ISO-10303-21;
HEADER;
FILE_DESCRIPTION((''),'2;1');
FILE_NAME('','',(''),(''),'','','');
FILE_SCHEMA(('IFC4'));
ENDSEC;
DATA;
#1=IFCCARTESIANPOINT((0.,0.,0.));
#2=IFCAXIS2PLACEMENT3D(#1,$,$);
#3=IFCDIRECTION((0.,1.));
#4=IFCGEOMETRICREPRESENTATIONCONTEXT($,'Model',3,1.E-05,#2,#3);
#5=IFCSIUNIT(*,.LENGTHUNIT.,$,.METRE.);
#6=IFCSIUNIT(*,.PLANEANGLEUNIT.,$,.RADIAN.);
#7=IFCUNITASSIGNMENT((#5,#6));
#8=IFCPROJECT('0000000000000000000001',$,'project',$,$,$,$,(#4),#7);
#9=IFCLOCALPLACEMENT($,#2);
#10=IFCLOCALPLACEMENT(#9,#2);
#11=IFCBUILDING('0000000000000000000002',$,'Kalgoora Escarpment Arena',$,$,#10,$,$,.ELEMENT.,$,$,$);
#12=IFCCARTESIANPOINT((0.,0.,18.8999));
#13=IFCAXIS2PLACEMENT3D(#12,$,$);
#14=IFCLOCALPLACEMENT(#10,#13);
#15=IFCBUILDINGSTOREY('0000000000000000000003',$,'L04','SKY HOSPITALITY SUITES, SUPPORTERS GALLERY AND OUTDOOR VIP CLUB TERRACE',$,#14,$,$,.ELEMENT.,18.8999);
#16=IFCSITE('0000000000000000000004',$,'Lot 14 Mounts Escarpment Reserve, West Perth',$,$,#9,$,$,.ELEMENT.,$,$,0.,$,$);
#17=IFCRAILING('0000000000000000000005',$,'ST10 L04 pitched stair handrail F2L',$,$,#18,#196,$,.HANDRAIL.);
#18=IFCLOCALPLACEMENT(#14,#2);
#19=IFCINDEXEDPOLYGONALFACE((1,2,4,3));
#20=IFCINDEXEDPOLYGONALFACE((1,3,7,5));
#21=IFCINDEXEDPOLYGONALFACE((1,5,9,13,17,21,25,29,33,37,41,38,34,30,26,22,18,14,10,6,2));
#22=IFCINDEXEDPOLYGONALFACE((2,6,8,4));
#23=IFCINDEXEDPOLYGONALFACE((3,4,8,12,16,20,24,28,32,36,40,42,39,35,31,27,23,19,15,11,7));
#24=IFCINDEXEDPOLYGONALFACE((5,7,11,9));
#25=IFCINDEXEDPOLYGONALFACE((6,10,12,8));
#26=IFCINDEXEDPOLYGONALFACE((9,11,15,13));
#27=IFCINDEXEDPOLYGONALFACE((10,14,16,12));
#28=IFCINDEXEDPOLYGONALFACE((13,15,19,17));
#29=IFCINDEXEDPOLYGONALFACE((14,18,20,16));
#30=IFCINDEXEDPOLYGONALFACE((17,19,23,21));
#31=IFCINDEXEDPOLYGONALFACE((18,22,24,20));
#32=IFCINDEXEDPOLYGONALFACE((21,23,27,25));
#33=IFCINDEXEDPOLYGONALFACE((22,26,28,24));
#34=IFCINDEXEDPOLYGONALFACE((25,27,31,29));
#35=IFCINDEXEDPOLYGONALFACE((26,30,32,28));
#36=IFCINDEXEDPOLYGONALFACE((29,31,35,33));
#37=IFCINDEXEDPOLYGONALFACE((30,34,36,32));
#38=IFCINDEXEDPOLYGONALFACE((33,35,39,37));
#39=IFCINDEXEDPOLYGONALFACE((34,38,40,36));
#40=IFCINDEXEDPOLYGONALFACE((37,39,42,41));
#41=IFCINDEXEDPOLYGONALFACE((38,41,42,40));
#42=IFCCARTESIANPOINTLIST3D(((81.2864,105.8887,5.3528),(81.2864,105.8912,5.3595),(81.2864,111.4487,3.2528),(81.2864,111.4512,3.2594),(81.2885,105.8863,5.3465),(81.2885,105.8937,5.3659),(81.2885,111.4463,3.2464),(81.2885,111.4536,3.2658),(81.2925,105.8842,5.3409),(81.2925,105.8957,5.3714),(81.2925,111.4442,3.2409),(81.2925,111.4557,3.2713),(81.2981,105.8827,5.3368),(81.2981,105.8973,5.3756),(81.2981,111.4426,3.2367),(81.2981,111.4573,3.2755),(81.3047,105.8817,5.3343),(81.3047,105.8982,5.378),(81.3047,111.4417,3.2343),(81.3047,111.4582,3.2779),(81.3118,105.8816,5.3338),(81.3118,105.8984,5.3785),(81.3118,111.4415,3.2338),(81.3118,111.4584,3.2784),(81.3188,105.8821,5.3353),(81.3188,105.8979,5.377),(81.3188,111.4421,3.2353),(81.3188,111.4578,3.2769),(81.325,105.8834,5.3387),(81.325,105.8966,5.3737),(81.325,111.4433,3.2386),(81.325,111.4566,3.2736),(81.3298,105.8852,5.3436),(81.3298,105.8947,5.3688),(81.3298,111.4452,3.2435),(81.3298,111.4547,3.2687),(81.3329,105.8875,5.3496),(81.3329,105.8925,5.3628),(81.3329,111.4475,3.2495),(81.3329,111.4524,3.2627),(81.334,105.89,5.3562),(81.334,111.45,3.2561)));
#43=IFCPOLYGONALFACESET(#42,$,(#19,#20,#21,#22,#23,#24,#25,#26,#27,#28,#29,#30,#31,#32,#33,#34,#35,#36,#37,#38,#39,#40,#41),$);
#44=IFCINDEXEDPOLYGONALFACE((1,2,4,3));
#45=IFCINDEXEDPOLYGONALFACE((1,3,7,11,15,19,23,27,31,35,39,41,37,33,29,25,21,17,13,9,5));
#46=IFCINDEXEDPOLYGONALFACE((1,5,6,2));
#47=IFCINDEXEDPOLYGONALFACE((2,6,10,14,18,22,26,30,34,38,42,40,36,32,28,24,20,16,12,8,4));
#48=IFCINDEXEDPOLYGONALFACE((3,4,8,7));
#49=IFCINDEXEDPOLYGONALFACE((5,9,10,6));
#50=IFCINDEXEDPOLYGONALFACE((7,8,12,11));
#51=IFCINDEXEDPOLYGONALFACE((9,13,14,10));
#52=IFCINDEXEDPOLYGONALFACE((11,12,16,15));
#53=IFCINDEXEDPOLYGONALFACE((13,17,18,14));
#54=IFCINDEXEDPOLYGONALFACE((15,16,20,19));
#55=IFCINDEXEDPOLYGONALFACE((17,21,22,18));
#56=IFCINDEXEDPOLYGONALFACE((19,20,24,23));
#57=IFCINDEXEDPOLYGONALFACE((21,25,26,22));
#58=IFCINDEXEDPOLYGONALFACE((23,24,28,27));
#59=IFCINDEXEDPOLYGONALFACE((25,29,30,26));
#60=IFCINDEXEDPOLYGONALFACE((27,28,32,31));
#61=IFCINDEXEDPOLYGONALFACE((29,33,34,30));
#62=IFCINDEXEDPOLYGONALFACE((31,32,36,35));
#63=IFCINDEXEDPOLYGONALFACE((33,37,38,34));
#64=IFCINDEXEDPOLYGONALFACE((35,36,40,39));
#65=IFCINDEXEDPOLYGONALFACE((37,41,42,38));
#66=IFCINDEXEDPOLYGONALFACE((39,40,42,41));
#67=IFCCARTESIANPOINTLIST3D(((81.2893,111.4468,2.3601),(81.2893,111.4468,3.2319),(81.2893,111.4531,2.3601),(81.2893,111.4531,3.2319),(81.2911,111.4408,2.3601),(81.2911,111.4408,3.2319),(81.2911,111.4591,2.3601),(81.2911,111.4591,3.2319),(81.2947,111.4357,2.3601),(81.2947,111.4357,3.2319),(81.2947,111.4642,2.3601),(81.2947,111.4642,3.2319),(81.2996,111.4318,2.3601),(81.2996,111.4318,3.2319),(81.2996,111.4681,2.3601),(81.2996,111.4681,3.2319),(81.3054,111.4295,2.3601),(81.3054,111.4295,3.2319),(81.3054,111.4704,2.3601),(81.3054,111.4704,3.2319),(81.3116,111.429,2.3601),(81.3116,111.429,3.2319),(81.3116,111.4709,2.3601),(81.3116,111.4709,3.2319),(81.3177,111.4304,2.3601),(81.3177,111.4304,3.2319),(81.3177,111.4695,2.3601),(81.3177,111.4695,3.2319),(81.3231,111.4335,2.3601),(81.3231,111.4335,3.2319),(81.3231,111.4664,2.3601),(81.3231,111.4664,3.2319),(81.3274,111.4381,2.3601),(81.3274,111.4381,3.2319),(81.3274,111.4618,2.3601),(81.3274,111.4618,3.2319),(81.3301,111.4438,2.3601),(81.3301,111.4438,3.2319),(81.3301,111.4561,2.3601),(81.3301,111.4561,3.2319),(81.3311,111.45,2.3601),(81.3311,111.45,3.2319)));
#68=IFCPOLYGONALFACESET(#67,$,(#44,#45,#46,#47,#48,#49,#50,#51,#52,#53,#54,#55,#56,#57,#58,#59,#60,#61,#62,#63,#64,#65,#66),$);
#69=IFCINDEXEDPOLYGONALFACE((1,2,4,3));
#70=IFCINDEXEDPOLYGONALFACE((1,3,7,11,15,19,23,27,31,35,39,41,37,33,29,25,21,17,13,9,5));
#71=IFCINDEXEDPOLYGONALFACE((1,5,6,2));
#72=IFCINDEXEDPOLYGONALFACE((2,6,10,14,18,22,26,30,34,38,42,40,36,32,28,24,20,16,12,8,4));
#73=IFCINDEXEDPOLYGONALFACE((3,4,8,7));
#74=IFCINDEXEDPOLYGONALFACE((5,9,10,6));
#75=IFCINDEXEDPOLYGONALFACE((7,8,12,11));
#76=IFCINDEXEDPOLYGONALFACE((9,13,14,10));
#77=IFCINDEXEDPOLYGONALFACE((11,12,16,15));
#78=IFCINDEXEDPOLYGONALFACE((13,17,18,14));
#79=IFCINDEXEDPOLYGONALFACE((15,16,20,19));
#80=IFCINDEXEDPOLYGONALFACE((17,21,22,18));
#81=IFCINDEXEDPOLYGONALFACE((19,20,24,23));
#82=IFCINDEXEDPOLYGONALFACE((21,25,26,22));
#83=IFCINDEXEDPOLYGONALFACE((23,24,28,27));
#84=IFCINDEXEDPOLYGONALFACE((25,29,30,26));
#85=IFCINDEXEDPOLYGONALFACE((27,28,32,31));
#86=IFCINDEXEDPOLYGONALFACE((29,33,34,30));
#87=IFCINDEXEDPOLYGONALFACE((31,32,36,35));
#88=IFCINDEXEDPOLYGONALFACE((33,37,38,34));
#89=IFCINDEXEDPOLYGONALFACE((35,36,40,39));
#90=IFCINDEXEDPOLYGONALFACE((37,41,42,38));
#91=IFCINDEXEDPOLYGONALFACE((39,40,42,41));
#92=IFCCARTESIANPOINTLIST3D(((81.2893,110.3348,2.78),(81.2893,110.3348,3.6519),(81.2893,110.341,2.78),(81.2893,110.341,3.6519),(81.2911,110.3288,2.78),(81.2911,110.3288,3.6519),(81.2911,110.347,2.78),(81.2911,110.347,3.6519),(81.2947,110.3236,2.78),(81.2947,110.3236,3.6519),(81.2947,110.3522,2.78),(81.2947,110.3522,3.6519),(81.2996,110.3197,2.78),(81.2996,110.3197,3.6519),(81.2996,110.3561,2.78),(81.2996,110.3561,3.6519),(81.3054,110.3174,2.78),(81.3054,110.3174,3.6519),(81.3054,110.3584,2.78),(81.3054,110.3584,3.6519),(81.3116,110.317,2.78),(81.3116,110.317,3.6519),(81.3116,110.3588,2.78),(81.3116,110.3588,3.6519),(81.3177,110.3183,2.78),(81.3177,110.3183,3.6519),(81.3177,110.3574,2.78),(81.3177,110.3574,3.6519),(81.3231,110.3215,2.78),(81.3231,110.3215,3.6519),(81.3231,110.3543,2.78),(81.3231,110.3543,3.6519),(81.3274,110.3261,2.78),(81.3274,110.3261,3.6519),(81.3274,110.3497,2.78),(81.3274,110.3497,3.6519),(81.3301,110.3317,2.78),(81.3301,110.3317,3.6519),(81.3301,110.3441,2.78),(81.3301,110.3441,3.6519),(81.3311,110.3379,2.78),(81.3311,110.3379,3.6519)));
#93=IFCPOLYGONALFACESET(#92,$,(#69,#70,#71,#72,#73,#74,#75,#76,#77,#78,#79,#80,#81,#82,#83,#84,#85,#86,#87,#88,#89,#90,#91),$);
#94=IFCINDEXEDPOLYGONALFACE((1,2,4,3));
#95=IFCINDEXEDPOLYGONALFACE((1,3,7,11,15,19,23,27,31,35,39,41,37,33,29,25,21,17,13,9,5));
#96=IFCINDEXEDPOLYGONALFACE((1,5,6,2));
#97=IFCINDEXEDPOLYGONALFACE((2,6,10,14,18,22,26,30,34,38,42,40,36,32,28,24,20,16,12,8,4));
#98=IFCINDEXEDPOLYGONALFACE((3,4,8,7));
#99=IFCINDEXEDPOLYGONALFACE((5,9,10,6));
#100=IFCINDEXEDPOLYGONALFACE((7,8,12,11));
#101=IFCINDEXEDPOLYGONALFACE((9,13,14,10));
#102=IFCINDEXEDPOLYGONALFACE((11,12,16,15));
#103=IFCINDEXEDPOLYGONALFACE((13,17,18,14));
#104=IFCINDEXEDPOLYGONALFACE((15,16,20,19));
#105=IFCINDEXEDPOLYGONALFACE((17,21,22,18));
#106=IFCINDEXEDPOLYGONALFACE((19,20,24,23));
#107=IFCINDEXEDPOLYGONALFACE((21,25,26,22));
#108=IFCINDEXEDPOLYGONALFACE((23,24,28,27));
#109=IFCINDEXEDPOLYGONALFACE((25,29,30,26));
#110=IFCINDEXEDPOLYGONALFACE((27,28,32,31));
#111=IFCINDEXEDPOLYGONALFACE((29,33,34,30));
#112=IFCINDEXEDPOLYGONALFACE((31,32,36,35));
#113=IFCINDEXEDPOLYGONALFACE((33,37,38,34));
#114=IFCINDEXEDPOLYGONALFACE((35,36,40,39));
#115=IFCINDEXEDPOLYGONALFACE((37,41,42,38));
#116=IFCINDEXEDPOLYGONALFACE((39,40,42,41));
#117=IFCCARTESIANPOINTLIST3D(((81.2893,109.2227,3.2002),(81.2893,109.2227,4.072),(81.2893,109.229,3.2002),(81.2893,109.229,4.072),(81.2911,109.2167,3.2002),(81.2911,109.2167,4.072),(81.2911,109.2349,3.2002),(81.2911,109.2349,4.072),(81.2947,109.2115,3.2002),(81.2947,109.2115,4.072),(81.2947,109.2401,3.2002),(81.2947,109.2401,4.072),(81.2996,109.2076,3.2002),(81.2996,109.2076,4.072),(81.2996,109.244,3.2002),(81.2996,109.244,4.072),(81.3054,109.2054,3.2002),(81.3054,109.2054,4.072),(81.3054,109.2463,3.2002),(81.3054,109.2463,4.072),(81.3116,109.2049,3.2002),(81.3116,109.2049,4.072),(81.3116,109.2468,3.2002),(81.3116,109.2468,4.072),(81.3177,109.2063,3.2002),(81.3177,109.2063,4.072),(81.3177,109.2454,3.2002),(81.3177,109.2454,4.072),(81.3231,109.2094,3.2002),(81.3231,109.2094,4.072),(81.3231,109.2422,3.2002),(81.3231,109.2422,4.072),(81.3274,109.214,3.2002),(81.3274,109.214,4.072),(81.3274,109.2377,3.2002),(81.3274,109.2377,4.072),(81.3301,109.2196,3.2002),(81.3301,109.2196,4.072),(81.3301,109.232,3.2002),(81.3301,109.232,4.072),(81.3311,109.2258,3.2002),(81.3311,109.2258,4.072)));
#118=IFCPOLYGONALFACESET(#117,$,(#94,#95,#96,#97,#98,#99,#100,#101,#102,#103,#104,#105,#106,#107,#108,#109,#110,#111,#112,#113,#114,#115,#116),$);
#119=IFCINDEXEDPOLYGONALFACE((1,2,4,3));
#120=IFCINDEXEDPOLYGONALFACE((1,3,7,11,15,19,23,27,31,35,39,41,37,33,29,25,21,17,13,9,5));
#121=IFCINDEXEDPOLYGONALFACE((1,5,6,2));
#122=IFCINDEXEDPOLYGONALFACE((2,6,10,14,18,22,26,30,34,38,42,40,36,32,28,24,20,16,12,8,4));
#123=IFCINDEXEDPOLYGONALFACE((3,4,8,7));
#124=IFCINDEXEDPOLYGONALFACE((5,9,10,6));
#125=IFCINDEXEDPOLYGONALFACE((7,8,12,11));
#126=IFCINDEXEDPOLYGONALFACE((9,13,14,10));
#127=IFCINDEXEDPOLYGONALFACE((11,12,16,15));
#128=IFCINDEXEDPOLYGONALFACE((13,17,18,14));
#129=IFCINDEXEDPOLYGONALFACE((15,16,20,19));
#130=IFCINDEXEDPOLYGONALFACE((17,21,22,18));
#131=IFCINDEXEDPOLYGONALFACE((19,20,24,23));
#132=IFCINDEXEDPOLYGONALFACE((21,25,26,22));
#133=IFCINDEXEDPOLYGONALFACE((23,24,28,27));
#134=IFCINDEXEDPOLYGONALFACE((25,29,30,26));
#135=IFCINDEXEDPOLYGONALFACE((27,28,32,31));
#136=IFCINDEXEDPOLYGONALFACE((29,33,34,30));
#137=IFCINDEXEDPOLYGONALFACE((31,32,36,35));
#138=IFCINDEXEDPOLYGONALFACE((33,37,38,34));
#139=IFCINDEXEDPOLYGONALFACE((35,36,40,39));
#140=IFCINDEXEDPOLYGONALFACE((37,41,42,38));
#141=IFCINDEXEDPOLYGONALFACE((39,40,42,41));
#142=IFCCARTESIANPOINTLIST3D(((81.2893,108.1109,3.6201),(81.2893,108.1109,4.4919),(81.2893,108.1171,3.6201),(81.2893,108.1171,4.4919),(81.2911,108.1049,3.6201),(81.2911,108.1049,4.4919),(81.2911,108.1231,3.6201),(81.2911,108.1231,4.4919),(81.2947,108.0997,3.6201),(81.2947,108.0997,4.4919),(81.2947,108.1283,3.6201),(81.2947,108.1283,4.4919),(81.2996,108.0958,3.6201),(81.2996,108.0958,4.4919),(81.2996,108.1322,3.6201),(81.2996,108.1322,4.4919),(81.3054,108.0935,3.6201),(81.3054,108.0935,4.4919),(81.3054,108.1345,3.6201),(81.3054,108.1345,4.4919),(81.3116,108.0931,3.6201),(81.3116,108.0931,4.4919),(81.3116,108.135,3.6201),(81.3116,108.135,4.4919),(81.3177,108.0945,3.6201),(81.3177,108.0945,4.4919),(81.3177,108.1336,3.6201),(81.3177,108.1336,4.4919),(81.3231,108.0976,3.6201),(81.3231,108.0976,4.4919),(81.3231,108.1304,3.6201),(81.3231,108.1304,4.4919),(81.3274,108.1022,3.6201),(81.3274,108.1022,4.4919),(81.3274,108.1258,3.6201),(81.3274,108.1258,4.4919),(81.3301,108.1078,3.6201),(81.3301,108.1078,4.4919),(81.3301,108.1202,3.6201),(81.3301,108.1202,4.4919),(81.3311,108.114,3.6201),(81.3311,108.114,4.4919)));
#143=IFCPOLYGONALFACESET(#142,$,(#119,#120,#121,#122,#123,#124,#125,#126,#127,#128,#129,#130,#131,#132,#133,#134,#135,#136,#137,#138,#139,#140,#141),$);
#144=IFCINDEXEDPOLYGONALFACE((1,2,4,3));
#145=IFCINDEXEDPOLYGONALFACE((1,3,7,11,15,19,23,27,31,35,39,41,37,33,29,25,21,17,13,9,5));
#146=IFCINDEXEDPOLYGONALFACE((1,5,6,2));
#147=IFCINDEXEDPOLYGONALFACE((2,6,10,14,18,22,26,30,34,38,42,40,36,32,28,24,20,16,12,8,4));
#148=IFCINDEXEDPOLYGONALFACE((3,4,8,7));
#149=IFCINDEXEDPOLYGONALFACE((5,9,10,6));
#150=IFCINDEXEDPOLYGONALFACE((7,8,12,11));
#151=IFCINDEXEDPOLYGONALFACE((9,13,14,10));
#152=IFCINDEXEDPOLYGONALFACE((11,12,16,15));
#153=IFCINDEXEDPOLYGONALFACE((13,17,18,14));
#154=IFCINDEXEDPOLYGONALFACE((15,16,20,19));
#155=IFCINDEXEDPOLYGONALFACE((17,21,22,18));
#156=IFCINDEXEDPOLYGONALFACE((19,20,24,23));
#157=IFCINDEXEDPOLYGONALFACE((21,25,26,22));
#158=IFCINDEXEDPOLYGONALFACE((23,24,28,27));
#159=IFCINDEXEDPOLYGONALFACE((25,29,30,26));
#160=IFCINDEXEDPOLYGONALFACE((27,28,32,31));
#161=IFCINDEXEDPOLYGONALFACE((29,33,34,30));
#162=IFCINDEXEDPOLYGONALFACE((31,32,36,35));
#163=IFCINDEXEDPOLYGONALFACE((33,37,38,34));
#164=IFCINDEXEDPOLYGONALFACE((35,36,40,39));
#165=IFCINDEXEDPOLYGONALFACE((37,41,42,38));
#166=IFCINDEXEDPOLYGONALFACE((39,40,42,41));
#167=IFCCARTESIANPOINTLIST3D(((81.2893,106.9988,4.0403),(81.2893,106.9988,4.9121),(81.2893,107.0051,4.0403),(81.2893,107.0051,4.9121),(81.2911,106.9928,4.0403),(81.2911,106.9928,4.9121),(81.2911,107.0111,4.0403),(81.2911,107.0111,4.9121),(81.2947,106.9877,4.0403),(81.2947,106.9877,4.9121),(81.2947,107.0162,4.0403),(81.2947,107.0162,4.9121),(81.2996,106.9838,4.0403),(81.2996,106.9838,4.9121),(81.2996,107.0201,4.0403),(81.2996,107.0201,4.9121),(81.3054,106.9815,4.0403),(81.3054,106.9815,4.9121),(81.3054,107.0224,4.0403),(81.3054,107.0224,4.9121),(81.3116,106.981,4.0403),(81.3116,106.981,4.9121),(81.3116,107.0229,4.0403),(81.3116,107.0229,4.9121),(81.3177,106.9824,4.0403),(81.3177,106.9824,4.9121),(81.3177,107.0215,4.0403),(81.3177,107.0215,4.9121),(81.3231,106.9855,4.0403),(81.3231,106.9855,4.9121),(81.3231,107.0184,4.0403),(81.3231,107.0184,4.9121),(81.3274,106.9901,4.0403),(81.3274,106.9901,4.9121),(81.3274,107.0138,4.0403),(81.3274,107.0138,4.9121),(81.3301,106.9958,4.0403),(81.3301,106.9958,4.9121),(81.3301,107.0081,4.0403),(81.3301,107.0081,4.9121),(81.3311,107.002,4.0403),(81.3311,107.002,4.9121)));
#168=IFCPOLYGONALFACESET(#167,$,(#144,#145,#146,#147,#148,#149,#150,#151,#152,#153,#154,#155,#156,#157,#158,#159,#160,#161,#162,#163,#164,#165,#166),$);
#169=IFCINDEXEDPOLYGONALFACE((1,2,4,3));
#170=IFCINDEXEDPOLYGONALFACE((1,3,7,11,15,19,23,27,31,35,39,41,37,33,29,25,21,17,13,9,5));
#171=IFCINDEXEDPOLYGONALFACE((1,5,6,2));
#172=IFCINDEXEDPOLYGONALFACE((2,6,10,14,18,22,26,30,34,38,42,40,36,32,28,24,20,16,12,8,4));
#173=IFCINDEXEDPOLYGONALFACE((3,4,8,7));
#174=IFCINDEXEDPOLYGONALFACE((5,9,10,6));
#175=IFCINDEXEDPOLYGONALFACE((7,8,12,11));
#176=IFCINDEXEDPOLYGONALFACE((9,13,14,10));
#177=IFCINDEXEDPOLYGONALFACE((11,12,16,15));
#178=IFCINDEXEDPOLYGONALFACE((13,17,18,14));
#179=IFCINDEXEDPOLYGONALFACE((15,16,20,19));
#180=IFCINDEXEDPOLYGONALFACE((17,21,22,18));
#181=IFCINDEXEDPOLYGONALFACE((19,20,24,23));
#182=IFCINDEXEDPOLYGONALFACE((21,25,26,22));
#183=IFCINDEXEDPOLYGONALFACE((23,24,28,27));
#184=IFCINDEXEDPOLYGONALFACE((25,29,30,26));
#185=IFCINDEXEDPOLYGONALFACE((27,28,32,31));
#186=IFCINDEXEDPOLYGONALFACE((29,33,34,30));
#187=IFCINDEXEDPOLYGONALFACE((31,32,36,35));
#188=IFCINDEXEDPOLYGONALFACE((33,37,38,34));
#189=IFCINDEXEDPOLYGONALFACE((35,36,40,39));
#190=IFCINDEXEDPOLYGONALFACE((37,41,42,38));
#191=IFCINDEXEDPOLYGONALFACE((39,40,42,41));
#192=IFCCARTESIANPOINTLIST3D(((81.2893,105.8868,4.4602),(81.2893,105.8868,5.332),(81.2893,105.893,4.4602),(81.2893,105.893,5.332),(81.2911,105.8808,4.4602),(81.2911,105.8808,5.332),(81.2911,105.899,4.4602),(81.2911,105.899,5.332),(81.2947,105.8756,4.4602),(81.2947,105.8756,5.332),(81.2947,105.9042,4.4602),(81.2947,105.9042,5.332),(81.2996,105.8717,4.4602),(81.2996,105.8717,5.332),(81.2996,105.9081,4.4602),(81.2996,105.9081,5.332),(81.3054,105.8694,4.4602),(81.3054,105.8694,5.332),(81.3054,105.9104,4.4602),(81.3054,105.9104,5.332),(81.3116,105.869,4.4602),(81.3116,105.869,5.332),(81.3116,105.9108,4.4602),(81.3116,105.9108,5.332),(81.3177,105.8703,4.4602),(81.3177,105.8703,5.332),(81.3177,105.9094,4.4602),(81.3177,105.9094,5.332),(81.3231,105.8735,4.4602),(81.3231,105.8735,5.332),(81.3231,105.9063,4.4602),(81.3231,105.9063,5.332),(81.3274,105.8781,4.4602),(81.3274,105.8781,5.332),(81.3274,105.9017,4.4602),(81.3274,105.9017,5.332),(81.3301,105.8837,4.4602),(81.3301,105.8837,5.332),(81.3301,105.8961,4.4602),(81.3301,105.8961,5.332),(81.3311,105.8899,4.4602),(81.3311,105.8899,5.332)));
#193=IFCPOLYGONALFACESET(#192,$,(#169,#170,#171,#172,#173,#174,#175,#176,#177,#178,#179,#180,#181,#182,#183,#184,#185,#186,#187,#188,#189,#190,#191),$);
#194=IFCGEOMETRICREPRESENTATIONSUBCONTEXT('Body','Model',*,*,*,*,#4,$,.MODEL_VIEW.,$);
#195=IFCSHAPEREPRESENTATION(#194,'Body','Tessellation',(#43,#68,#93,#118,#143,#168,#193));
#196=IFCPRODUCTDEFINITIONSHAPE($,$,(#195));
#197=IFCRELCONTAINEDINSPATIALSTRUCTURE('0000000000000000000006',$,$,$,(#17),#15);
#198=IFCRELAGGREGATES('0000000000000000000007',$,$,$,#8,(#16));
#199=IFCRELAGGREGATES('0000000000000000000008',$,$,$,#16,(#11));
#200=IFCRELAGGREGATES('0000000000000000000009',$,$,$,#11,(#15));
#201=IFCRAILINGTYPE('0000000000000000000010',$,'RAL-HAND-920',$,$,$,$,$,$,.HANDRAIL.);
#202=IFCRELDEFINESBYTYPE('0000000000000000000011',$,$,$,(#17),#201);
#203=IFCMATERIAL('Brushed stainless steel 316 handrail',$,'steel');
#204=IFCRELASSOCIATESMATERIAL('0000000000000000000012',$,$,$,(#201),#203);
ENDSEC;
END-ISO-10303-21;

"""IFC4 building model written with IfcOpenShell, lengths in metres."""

from ifc_helpers import new_model, si_unit, direction, frame, origin, origin_2d, place, context, subcontext, project, spatial, circle, extrude, material, type_object, element, save


model = new_model("IFC4")

# Units and contexts
model_context = context("Model", 3, precision=1e-05, world=origin(), true_north=direction((0.0, 1.0)))
body_context = subcontext(model_context, "Body", "Model", "MODEL_VIEW")
ifc_project = project(units=[si_unit("LENGTHUNIT", "METRE"), si_unit("PLANEANGLEUNIT", "RADIAN")], contexts=[model_context])

# Site, building, storey
site_placement = place(None, origin())
site = spatial("IfcSite", under=ifc_project, at=site_placement, Name="Lot 14 Mounts Escarpment Reserve, West Perth", CompositionType="ELEMENT", RefElevation=0.0)
building_placement = place(site_placement, origin())
building = spatial("IfcBuilding", under=site, at=building_placement, Name="Kalgoora Escarpment Arena", CompositionType="ELEMENT")
storey_placement = place(building_placement, frame((0.0, 0.0, 18.8999)))
storey = spatial("IfcBuildingStorey", under=building, at=storey_placement, Name="L04", Description="SKY HOSPITALITY SUITES, SUPPORTERS GALLERY AND OUTDOOR VIP CLUB TERRACE", CompositionType="ELEMENT", Elevation=18.8999)

# Railing
ifc_material_1 = material(Name="Brushed stainless steel 316 handrail", Category="steel")
railing_type_1 = type_object("IfcRailingType", Name="RAL-HAND-920", PredefinedType="HANDRAIL", material=ifc_material_1)
railing_1_placement = place(storey_placement, frame((81.3101, 111.45, 2.3601)))
element("IfcRailing", 1, at=railing_1_placement, inside=storey, type_object=railing_type_1, Name="ST10 L04 pitched stair handrail F2L", PredefinedType="HANDRAIL", context=body_context, shape_type="SweptSolid", body=[
    extrude(circle(Radius=0.0239, at=origin_2d()), frame((0.0, 0.0, 0.896), z_axis=(0.0, -0.935493, 0.353346), x_axis=(1.0, 0.0, 0.0)), (0.0, 0.0, 1.0), 5.9434),
    extrude(circle(Radius=0.021, at=origin_2d()), origin(), (0.0, 0.0, 1.0), 0.8718),
    extrude(circle(Radius=0.021, at=origin_2d()), frame((0.0, -1.1121, 0.4199)), (0.0, 0.0, 1.0), 0.8718),
    extrude(circle(Radius=0.021, at=origin_2d()), frame((0.0, -2.2241, 0.8401)), (0.0, 0.0, 1.0), 0.8718),
    extrude(circle(Radius=0.021, at=origin_2d()), frame((0.0, -3.3359, 1.26)), (0.0, 0.0, 1.0), 0.8718),
    extrude(circle(Radius=0.021, at=origin_2d()), frame((0.0, -4.448, 1.6802)), (0.0, 0.0, 1.0), 0.8718),
    extrude(circle(Radius=0.021, at=origin_2d()), frame((0.0, -5.5601, 2.1001)), (0.0, 0.0, 1.0), 0.8718),
])

save(model, "model.ifc")
